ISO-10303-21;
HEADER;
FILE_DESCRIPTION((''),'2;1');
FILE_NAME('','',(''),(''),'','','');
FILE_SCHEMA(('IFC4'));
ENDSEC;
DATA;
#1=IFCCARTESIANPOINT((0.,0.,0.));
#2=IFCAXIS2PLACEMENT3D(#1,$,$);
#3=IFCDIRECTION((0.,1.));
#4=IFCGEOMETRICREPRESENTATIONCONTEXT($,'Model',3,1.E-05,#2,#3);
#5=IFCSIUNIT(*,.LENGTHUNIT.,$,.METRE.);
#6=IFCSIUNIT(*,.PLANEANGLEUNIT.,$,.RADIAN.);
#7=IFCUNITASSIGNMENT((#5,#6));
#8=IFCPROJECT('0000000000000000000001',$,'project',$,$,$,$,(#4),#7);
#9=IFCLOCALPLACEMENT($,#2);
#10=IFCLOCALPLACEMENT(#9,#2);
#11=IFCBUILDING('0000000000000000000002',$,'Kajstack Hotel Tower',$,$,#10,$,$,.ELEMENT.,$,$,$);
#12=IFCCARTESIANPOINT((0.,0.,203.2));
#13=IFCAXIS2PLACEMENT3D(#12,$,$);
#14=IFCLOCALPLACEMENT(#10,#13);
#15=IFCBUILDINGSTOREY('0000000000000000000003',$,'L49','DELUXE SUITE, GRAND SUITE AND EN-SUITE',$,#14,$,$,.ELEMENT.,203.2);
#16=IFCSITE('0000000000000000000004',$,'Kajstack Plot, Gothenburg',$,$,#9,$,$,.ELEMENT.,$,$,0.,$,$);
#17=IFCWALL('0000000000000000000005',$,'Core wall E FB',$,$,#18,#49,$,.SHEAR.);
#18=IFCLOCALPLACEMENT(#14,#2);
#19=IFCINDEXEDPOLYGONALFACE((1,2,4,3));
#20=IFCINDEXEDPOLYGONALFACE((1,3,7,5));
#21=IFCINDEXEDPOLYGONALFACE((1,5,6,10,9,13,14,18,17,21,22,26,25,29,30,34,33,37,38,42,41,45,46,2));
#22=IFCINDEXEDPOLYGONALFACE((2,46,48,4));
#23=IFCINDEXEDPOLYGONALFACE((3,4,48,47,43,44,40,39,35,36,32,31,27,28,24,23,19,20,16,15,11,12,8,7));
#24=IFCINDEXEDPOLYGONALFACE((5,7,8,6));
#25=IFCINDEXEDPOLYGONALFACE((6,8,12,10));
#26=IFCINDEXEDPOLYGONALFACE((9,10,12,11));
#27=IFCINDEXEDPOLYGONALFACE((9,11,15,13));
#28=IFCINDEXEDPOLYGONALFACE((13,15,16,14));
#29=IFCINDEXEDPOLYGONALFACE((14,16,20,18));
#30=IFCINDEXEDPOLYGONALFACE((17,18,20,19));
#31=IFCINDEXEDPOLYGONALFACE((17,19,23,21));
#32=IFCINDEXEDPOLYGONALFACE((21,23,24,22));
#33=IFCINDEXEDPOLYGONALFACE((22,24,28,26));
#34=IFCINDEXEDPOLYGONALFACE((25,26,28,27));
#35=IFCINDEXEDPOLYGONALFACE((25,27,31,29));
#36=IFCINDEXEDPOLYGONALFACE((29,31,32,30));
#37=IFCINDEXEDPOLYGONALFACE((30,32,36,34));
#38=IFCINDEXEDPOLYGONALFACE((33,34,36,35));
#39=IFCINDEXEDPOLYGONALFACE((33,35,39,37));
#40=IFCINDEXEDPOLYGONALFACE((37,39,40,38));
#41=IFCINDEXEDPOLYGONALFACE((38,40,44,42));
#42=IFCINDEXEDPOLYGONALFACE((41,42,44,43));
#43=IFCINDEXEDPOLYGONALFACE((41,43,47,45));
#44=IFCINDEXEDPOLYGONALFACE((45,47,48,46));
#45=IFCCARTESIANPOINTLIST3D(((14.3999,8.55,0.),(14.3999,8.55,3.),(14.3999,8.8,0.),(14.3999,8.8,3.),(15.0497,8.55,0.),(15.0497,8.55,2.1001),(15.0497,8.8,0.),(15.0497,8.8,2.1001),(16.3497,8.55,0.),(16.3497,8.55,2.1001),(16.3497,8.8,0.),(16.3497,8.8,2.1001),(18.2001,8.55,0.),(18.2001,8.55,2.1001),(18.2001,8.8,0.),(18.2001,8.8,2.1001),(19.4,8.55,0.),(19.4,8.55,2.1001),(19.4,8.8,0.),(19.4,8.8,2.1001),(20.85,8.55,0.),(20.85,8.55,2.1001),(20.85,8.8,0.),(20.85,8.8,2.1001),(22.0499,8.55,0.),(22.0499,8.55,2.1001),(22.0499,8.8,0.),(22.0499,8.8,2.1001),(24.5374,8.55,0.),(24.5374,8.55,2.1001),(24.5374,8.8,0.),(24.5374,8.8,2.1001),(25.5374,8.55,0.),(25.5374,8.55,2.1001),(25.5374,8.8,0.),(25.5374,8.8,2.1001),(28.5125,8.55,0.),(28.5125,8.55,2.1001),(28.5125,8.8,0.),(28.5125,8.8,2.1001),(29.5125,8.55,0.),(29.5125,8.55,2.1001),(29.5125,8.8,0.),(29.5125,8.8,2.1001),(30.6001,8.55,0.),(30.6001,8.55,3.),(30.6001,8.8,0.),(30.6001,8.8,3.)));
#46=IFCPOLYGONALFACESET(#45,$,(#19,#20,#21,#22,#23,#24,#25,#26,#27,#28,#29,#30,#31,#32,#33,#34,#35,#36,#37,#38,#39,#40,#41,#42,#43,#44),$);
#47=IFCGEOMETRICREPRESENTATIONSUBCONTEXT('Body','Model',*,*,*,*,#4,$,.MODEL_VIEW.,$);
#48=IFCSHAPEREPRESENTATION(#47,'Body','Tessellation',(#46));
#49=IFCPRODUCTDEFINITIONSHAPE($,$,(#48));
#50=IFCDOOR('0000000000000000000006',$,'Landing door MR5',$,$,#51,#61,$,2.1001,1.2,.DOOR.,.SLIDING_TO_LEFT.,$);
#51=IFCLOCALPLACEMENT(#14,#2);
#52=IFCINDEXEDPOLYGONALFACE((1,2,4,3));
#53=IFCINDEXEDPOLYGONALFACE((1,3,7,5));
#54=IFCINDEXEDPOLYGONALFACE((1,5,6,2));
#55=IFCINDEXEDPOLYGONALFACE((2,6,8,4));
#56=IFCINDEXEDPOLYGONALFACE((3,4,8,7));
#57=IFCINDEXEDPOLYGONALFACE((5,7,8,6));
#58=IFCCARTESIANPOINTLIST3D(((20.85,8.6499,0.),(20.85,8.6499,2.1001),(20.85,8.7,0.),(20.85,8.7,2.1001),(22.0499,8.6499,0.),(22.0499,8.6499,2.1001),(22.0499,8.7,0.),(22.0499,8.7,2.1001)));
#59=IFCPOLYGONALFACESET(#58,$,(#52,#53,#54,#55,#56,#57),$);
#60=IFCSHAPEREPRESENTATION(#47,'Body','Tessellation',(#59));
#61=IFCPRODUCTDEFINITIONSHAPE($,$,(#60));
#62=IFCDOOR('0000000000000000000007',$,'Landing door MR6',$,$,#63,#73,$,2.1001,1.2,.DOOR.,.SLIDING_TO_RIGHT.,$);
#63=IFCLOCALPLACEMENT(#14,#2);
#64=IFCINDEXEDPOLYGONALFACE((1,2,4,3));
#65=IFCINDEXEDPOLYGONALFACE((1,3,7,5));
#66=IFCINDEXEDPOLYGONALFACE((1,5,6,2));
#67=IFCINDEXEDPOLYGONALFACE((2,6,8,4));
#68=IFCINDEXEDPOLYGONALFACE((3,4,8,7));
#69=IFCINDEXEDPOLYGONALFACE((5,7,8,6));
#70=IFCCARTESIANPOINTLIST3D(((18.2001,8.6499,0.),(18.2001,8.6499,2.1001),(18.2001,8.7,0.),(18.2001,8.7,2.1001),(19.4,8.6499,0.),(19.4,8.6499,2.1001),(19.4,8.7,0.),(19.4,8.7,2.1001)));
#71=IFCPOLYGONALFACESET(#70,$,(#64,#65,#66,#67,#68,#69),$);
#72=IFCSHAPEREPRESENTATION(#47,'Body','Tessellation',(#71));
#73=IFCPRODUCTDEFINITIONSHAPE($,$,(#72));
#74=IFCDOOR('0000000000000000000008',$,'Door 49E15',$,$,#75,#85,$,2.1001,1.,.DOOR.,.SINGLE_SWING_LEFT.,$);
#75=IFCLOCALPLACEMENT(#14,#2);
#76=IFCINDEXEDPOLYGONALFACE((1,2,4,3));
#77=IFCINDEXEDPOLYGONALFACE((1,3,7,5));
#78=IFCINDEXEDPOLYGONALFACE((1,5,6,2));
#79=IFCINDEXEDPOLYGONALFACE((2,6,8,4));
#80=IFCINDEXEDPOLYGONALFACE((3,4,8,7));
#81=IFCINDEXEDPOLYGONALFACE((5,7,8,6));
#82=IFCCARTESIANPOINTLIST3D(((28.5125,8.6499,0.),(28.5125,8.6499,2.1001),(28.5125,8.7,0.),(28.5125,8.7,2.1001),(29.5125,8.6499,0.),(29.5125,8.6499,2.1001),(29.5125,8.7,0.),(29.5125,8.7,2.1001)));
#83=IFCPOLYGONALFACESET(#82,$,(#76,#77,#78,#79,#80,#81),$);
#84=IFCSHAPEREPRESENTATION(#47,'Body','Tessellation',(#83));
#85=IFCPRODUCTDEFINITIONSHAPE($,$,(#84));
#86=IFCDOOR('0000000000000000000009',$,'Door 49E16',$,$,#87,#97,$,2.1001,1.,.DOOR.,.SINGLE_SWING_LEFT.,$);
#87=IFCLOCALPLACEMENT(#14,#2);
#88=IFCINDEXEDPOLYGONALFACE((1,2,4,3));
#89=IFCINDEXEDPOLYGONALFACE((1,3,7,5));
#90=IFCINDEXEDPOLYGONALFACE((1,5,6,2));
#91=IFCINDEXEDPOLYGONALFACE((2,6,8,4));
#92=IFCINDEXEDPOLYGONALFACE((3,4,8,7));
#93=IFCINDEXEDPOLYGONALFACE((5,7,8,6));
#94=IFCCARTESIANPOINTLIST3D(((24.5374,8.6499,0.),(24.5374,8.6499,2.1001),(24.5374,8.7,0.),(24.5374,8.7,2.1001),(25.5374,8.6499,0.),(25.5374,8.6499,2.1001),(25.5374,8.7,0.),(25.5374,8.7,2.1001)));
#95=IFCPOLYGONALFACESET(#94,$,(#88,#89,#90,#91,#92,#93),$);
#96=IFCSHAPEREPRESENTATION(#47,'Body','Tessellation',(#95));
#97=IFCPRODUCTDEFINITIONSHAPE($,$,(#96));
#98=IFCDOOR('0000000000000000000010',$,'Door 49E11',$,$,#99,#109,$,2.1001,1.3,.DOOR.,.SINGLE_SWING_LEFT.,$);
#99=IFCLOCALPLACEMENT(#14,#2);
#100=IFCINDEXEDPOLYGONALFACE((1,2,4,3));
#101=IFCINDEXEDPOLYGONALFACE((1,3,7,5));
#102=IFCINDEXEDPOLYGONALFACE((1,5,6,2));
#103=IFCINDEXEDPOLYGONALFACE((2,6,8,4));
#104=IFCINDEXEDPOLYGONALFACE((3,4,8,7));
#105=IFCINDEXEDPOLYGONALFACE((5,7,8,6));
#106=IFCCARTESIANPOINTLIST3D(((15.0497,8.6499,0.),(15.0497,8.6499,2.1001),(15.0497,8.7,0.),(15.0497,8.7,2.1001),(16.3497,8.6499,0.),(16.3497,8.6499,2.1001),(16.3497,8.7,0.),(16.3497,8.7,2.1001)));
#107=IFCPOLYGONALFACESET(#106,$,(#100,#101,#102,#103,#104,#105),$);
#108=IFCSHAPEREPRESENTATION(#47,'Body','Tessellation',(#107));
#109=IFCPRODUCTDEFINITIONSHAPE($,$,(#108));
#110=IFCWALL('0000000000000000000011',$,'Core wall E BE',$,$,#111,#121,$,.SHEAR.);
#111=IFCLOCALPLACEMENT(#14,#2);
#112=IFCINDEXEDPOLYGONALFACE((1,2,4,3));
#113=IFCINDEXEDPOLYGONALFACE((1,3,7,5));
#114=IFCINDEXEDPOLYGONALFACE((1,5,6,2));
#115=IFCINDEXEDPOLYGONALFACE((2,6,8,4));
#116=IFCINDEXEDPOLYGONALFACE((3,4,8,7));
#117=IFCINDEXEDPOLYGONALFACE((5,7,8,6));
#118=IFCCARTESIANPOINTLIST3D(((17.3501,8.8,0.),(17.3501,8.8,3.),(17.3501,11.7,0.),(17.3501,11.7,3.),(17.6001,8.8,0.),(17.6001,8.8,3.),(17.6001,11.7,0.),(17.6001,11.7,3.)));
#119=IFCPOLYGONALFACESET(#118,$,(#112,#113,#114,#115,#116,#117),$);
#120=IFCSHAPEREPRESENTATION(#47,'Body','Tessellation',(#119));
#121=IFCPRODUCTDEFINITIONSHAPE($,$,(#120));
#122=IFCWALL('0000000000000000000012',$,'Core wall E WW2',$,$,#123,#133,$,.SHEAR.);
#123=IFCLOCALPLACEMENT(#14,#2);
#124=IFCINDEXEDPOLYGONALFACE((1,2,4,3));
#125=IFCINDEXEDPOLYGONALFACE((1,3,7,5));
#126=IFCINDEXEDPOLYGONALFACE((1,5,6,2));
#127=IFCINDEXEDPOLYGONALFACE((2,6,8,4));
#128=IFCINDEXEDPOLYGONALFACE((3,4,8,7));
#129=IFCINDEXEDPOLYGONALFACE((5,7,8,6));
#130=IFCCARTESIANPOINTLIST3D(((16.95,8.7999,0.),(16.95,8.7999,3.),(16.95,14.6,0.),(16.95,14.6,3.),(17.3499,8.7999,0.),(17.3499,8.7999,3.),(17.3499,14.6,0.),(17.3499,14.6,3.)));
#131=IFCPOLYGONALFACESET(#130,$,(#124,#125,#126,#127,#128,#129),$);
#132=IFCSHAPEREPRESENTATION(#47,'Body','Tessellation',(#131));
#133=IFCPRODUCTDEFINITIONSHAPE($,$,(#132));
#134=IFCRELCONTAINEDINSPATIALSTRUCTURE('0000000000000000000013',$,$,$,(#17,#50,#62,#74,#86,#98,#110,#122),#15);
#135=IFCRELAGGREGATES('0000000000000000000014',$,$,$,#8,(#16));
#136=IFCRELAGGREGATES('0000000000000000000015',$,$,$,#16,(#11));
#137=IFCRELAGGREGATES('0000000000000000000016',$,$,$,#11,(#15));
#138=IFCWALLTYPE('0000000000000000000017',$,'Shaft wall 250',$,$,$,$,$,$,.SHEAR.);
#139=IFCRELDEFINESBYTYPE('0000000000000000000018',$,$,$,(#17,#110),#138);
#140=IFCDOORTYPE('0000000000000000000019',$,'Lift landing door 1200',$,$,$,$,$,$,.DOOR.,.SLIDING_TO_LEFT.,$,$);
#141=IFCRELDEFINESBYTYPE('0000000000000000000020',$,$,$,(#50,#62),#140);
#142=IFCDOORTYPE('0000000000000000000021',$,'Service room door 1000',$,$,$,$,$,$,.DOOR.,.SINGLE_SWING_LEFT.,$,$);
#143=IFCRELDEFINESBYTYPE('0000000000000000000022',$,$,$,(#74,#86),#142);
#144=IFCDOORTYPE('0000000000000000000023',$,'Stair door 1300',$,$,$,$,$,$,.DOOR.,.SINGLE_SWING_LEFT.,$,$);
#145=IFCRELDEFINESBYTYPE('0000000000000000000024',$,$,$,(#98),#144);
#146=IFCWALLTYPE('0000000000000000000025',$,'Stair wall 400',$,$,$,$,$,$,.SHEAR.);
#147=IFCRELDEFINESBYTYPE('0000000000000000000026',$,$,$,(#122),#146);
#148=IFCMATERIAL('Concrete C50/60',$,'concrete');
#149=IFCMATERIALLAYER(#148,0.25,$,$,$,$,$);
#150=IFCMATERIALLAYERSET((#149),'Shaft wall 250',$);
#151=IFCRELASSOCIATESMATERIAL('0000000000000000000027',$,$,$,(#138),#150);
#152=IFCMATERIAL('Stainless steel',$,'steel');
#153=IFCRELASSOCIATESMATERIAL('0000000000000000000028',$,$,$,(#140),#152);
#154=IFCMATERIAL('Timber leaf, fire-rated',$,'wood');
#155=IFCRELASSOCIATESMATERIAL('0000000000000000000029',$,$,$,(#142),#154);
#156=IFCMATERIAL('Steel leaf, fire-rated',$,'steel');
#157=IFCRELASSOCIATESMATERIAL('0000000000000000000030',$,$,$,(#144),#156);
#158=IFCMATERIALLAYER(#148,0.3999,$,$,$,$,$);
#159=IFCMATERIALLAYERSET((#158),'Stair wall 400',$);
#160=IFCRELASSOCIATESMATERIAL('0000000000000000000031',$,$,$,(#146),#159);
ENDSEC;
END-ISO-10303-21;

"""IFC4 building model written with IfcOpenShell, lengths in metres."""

from ifc_helpers import new_model, si_unit, direction, frame, frame_2d, origin, place, context, subcontext, project, spatial, rectangle, extrude, material, layer, layer_set, type_object, element, fill, save


model = new_model("IFC4")

# Units and contexts
model_context = context("Model", 3, precision=1e-05, world=origin(), true_north=direction((0.0, 1.0)))
body_context = subcontext(model_context, "Body", "Model", "MODEL_VIEW")
ifc_project = project(units=[si_unit("LENGTHUNIT", "METRE"), si_unit("PLANEANGLEUNIT", "RADIAN")], contexts=[model_context])

# Site, building, storey
site_placement = place(None, origin())
site = spatial("IfcSite", under=ifc_project, at=site_placement, Name="Kajstack Plot, Gothenburg", CompositionType="ELEMENT", RefElevation=0.0)
building_placement = place(site_placement, origin())
building = spatial("IfcBuilding", under=site, at=building_placement, Name="Kajstack Hotel Tower", CompositionType="ELEMENT")
storey_placement = place(building_placement, frame((0.0, 0.0, 203.2)))
storey = spatial("IfcBuildingStorey", under=building, at=storey_placement, Name="L49", Description="DELUXE SUITE, GRAND SUITE AND EN-SUITE", CompositionType="ELEMENT", Elevation=203.2)

# Wall, openings, doors
ifc_material_1 = material(Name="Concrete C50/60", Category="concrete")
ifc_layer_1 = layer(ifc_material_1, 0.25)
ifc_layer_set_1 = layer_set([ifc_layer_1], Name="Shaft wall 250")
wall_type_1 = type_object("IfcWallType", Name="Shaft wall 250", PredefinedType="SHEAR", material=ifc_layer_set_1)
ifc_material_2 = material(Name="Stainless steel", Category="steel")
door_type_1 = type_object("IfcDoorType", Name="Lift landing door 1200", OperationType="SLIDING_TO_LEFT", PredefinedType="DOOR", material=ifc_material_2)
wall_1_placement = place(storey_placement, frame((14.3999, 8.675, 0.0), z_axis=(0.0, 0.0, 1.0), x_axis=(1.0, 0.0, 0.0)))
wall_1 = element("IfcWall", 1, at=wall_1_placement, inside=storey, type_object=wall_type_1, Name="Core wall E FB", PredefinedType="SHEAR", context=body_context, shape_type="SweptSolid", body=[
    extrude(rectangle(XDim=16.2002, YDim=0.25, at=frame_2d((8.1001, 0.0))), origin(), (0.0, 0.0, 1.0), 3.0),
])
opening_1_placement = place(wall_1_placement, frame((6.45, 0.0, 0.0)))
opening_1 = element("IfcOpeningElement", 2, at=opening_1_placement, cuts=wall_1, PredefinedType="OPENING", context=body_context, shape_type="SweptSolid", body=[
    extrude(rectangle(XDim=1.2, YDim=2.1001, at=frame_2d((0.6001, 1.05))), frame((0.0, 0.135, 0.0), z_axis=(0.0, -1.0, 0.0), x_axis=(1.0, 0.0, 0.0)), (0.0, 0.0, 1.0), 0.27),
])
opening_2_placement = place(wall_1_placement, frame((3.8, 0.0, 0.0)))
opening_2 = element("IfcOpeningElement", 3, at=opening_2_placement, cuts=wall_1, PredefinedType="OPENING", context=body_context, shape_type="SweptSolid", body=[
    extrude(rectangle(XDim=1.2, YDim=2.1001, at=frame_2d((0.6001, 1.05))), frame((0.0, 0.135, 0.0), z_axis=(0.0, -1.0, 0.0), x_axis=(1.0, 0.0, 0.0)), (0.0, 0.0, 1.0), 0.27),
])
opening_3_placement = place(wall_1_placement, frame((0.6499, 0.0, 0.0)))
opening_3 = element("IfcOpeningElement", 4, at=opening_3_placement, cuts=wall_1, PredefinedType="OPENING", context=body_context, shape_type="SweptSolid", body=[
    extrude(rectangle(XDim=1.3, YDim=2.1001, at=frame_2d((0.6499, 1.05))), frame((0.0, 0.135, 0.0), z_axis=(0.0, -1.0, 0.0), x_axis=(1.0, 0.0, 0.0)), (0.0, 0.0, 1.0), 0.27),
])
opening_4_placement = place(wall_1_placement, frame((14.1125, 0.0, 0.0)))
opening_4 = element("IfcOpeningElement", 5, at=opening_4_placement, cuts=wall_1, PredefinedType="OPENING", context=body_context, shape_type="SweptSolid", body=[
    extrude(rectangle(XDim=1.0, YDim=2.1001, at=frame_2d((0.5, 1.05))), frame((0.0, 0.135, 0.0), z_axis=(0.0, -1.0, 0.0), x_axis=(1.0, 0.0, 0.0)), (0.0, 0.0, 1.0), 0.27),
])
opening_5_placement = place(wall_1_placement, frame((10.1375, 0.0, 0.0)))
opening_5 = element("IfcOpeningElement", 6, at=opening_5_placement, cuts=wall_1, PredefinedType="OPENING", context=body_context, shape_type="SweptSolid", body=[
    extrude(rectangle(XDim=1.0, YDim=2.1001, at=frame_2d((0.5, 1.05))), frame((0.0, 0.135, 0.0), z_axis=(0.0, -1.0, 0.0), x_axis=(1.0, 0.0, 0.0)), (0.0, 0.0, 1.0), 0.27),
])
door_1_placement = place(opening_1_placement, origin())
door_1 = element("IfcDoor", 7, at=door_1_placement, inside=storey, type_object=door_type_1, Name="Landing door MR5", OperationType="SLIDING_TO_LEFT", OverallHeight=2.1001, OverallWidth=1.2, PredefinedType="DOOR", context=body_context, shape_type="SweptSolid", body=[
    extrude(rectangle(XDim=1.2, YDim=2.1001, at=frame_2d((0.6001, 1.05))), frame((0.0, 0.0249, 0.0), z_axis=(0.0, -1.0, 0.0), x_axis=(1.0, 0.0, 0.0)), (0.0, 0.0, 1.0), 0.05),
])
fill(opening_1, door_1)
door_2_placement = place(opening_2_placement, origin())
door_2 = element("IfcDoor", 8, at=door_2_placement, inside=storey, type_object=door_type_1, Name="Landing door MR6", OperationType="SLIDING_TO_RIGHT", OverallHeight=2.1001, OverallWidth=1.2, PredefinedType="DOOR", context=body_context, shape_type="SweptSolid", body=[
    extrude(rectangle(XDim=1.2, YDim=2.1001, at=frame_2d((0.6001, 1.05))), frame((0.0, 0.0249, 0.0), z_axis=(0.0, -1.0, 0.0), x_axis=(1.0, 0.0, 0.0)), (0.0, 0.0, 1.0), 0.05),
])
fill(opening_2, door_2)
ifc_material_3 = material(Name="Timber leaf, fire-rated", Category="wood")
door_type_2 = type_object("IfcDoorType", Name="Service room door 1000", OperationType="SINGLE_SWING_LEFT", PredefinedType="DOOR", material=ifc_material_3)
door_3_placement = place(opening_4_placement, origin())
door_3 = element("IfcDoor", 9, at=door_3_placement, inside=storey, type_object=door_type_2, Name="Door 49E15", OperationType="SINGLE_SWING_LEFT", OverallHeight=2.1001, OverallWidth=1.0, PredefinedType="DOOR", context=body_context, shape_type="SweptSolid", body=[
    extrude(rectangle(XDim=1.0, YDim=2.1001, at=frame_2d((0.5, 1.05))), frame((0.0, 0.0249, 0.0), z_axis=(0.0, -1.0, 0.0), x_axis=(1.0, 0.0, 0.0)), (0.0, 0.0, 1.0), 0.05),
])
fill(opening_4, door_3)
door_4_placement = place(opening_5_placement, origin())
door_4 = element("IfcDoor", 10, at=door_4_placement, inside=storey, type_object=door_type_2, Name="Door 49E16", OperationType="SINGLE_SWING_LEFT", OverallHeight=2.1001, OverallWidth=1.0, PredefinedType="DOOR", context=body_context, shape_type="SweptSolid", body=[
    extrude(rectangle(XDim=1.0, YDim=2.1001, at=frame_2d((0.5, 1.05))), frame((0.0, 0.0249, 0.0), z_axis=(0.0, -1.0, 0.0), x_axis=(1.0, 0.0, 0.0)), (0.0, 0.0, 1.0), 0.05),
])
fill(opening_5, door_4)
ifc_material_4 = material(Name="Steel leaf, fire-rated", Category="steel")
door_type_3 = type_object("IfcDoorType", Name="Stair door 1300", OperationType="SINGLE_SWING_LEFT", PredefinedType="DOOR", material=ifc_material_4)
door_5_placement = place(opening_3_placement, origin())
door_5 = element("IfcDoor", 11, at=door_5_placement, inside=storey, type_object=door_type_3, Name="Door 49E11", OperationType="SINGLE_SWING_LEFT", OverallHeight=2.1001, OverallWidth=1.3, PredefinedType="DOOR", context=body_context, shape_type="SweptSolid", body=[
    extrude(rectangle(XDim=1.3, YDim=2.1001, at=frame_2d((0.6499, 1.05))), frame((0.0, 0.0249, 0.0), z_axis=(0.0, -1.0, 0.0), x_axis=(1.0, 0.0, 0.0)), (0.0, 0.0, 1.0), 0.05),
])
fill(opening_3, door_5)

# Walls
wall_2_placement = place(storey_placement, frame((17.4751, 8.8, 0.0), z_axis=(0.0, 0.0, 1.0), x_axis=(0.0, 1.0, 0.0)))
element("IfcWall", 12, at=wall_2_placement, inside=storey, type_object=wall_type_1, Name="Core wall E BE", PredefinedType="SHEAR", context=body_context, shape_type="SweptSolid", body=[
    extrude(rectangle(XDim=2.8999, YDim=0.25, at=frame_2d((1.45, 0.0))), origin(), (0.0, 0.0, 1.0), 3.0),
])
ifc_layer_2 = layer(ifc_material_1, 0.3999)
ifc_layer_set_2 = layer_set([ifc_layer_2], Name="Stair wall 400")
wall_type_2 = type_object("IfcWallType", Name="Stair wall 400", PredefinedType="SHEAR", material=ifc_layer_set_2)
wall_3_placement = place(storey_placement, frame((17.1499, 8.8, 0.0), z_axis=(0.0, 0.0, 1.0), x_axis=(0.0, 1.0, 0.0)))
element("IfcWall", 13, at=wall_3_placement, inside=storey, type_object=wall_type_2, Name="Core wall E WW2", PredefinedType="SHEAR", context=body_context, shape_type="SweptSolid", body=[
    extrude(rectangle(XDim=5.8, YDim=0.3999, at=frame_2d((2.8999, 0.0))), origin(), (0.0, 0.0, 1.0), 3.0),
])

save(model, "model.ifc")
